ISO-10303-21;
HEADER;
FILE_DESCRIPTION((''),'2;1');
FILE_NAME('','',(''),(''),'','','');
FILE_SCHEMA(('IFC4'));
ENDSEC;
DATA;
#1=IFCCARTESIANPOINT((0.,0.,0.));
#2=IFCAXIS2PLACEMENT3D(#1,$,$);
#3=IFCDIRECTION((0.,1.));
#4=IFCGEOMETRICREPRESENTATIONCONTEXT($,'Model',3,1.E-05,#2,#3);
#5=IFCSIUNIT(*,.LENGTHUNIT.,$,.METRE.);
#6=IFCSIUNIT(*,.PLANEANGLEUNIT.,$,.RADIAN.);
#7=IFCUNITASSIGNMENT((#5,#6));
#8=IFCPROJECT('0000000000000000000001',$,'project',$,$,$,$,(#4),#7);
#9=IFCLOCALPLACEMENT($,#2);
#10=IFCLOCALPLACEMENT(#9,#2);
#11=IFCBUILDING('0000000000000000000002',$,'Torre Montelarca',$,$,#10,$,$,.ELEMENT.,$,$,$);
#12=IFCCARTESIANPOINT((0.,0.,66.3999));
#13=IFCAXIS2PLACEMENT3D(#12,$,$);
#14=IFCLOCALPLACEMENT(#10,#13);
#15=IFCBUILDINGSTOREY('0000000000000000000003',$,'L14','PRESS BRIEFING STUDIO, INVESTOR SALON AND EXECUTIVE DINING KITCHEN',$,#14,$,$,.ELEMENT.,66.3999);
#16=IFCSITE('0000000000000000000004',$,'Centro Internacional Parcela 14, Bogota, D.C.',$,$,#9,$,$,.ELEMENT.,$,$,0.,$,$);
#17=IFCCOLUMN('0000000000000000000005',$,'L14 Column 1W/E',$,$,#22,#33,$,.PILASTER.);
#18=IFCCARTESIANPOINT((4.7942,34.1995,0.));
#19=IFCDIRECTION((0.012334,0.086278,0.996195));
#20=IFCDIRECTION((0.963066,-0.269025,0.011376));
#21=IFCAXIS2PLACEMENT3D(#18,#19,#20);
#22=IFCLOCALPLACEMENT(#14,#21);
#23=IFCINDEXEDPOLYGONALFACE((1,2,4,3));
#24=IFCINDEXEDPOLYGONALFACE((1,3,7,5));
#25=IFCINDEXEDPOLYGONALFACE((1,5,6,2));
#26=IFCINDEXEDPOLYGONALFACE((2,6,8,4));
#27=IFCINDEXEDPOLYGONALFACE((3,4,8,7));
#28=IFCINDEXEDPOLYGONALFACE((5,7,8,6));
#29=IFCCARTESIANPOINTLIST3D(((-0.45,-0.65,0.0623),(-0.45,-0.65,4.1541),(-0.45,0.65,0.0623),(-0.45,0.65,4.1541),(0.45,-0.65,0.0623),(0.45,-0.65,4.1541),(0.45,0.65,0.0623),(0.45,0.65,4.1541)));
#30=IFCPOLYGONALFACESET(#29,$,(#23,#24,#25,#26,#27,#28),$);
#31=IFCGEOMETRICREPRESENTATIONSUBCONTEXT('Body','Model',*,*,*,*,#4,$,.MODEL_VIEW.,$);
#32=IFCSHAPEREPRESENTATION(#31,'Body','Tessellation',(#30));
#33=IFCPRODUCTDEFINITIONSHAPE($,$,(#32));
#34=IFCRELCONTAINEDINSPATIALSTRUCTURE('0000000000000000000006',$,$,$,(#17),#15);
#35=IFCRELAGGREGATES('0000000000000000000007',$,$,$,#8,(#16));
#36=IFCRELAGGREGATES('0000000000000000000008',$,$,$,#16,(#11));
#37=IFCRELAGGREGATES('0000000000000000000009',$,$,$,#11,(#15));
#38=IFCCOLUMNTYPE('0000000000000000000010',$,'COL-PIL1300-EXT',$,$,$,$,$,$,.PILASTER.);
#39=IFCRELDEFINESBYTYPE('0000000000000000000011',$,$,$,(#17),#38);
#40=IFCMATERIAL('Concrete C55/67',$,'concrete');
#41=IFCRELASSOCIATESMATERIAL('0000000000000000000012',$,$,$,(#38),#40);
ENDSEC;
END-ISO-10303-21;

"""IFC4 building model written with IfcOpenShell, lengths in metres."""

from ifc_helpers import new_model, si_unit, direction, frame, origin, origin_2d, place, context, subcontext, project, spatial, rectangle, extrude, clip, halfspace, material, material_profile, profile_set, type_object, element, save


model = new_model("IFC4")

# Units and contexts
model_context = context("Model", 3, precision=1e-05, world=origin(), true_north=direction((0.0, 1.0)))
body_context = subcontext(model_context, "Body", "Model", "MODEL_VIEW")
ifc_project = project(units=[si_unit("LENGTHUNIT", "METRE"), si_unit("PLANEANGLEUNIT", "RADIAN")], contexts=[model_context])

# Site, building, storey
site_placement = place(None, origin())
site = spatial("IfcSite", under=ifc_project, at=site_placement, Name="Centro Internacional Parcela 14, Bogota, D.C.", CompositionType="ELEMENT", RefElevation=0.0)
building_placement = place(site_placement, origin())
building = spatial("IfcBuilding", under=site, at=building_placement, Name="Torre Montelarca", CompositionType="ELEMENT")
storey_placement = place(building_placement, frame((0.0, 0.0, 66.3999)))
storey = spatial("IfcBuildingStorey", under=building, at=storey_placement, Name="L14", Description="PRESS BRIEFING STUDIO, INVESTOR SALON AND EXECUTIVE DINING KITCHEN", CompositionType="ELEMENT", Elevation=66.3999)

# Column
ifc_material_1 = material(Name="Concrete C55/67", Category="concrete")
ifc_material_profile_1 = material_profile(ifc_material_1, rectangle(XDim=0.8999, YDim=1.3, at=origin_2d()), Name="RC1300X900", Category="concrete")
ifc_profile_set_1 = profile_set([ifc_material_profile_1], Name="Concrete C55/67")
column_type = type_object("IfcColumnType", Name="COL-PIL1300-EXT", PredefinedType="PILASTER", material=ifc_profile_set_1)
column_placement = place(storey_placement, frame((4.7942, 34.1995, 0.0), z_axis=(0.012334, 0.086278, 0.996195), x_axis=(0.963066, -0.269025, 0.011376)))
element("IfcColumn", 1, at=column_placement, inside=storey, type_object=column_type, Name="L14 Column 1W/E", PredefinedType="PILASTER", context=body_context, shape_type="Clipping", body=[
    clip(clip(extrude(rectangle(XDim=0.8999, YDim=1.3, at=origin_2d()), origin(), (0.0, 0.0, 1.0), 4.2163), halfspace(frame((0.0, 0.0, 0.0623), z_axis=(0.0, 0.0, -1.0), x_axis=(1.0, 0.0, 0.0)), False)), halfspace(frame((0.0, 0.0, 4.1541), z_axis=(0.0, 0.0, 1.0), x_axis=(1.0, 0.0, 0.0)), False)),
])

save(model, "model.ifc")
